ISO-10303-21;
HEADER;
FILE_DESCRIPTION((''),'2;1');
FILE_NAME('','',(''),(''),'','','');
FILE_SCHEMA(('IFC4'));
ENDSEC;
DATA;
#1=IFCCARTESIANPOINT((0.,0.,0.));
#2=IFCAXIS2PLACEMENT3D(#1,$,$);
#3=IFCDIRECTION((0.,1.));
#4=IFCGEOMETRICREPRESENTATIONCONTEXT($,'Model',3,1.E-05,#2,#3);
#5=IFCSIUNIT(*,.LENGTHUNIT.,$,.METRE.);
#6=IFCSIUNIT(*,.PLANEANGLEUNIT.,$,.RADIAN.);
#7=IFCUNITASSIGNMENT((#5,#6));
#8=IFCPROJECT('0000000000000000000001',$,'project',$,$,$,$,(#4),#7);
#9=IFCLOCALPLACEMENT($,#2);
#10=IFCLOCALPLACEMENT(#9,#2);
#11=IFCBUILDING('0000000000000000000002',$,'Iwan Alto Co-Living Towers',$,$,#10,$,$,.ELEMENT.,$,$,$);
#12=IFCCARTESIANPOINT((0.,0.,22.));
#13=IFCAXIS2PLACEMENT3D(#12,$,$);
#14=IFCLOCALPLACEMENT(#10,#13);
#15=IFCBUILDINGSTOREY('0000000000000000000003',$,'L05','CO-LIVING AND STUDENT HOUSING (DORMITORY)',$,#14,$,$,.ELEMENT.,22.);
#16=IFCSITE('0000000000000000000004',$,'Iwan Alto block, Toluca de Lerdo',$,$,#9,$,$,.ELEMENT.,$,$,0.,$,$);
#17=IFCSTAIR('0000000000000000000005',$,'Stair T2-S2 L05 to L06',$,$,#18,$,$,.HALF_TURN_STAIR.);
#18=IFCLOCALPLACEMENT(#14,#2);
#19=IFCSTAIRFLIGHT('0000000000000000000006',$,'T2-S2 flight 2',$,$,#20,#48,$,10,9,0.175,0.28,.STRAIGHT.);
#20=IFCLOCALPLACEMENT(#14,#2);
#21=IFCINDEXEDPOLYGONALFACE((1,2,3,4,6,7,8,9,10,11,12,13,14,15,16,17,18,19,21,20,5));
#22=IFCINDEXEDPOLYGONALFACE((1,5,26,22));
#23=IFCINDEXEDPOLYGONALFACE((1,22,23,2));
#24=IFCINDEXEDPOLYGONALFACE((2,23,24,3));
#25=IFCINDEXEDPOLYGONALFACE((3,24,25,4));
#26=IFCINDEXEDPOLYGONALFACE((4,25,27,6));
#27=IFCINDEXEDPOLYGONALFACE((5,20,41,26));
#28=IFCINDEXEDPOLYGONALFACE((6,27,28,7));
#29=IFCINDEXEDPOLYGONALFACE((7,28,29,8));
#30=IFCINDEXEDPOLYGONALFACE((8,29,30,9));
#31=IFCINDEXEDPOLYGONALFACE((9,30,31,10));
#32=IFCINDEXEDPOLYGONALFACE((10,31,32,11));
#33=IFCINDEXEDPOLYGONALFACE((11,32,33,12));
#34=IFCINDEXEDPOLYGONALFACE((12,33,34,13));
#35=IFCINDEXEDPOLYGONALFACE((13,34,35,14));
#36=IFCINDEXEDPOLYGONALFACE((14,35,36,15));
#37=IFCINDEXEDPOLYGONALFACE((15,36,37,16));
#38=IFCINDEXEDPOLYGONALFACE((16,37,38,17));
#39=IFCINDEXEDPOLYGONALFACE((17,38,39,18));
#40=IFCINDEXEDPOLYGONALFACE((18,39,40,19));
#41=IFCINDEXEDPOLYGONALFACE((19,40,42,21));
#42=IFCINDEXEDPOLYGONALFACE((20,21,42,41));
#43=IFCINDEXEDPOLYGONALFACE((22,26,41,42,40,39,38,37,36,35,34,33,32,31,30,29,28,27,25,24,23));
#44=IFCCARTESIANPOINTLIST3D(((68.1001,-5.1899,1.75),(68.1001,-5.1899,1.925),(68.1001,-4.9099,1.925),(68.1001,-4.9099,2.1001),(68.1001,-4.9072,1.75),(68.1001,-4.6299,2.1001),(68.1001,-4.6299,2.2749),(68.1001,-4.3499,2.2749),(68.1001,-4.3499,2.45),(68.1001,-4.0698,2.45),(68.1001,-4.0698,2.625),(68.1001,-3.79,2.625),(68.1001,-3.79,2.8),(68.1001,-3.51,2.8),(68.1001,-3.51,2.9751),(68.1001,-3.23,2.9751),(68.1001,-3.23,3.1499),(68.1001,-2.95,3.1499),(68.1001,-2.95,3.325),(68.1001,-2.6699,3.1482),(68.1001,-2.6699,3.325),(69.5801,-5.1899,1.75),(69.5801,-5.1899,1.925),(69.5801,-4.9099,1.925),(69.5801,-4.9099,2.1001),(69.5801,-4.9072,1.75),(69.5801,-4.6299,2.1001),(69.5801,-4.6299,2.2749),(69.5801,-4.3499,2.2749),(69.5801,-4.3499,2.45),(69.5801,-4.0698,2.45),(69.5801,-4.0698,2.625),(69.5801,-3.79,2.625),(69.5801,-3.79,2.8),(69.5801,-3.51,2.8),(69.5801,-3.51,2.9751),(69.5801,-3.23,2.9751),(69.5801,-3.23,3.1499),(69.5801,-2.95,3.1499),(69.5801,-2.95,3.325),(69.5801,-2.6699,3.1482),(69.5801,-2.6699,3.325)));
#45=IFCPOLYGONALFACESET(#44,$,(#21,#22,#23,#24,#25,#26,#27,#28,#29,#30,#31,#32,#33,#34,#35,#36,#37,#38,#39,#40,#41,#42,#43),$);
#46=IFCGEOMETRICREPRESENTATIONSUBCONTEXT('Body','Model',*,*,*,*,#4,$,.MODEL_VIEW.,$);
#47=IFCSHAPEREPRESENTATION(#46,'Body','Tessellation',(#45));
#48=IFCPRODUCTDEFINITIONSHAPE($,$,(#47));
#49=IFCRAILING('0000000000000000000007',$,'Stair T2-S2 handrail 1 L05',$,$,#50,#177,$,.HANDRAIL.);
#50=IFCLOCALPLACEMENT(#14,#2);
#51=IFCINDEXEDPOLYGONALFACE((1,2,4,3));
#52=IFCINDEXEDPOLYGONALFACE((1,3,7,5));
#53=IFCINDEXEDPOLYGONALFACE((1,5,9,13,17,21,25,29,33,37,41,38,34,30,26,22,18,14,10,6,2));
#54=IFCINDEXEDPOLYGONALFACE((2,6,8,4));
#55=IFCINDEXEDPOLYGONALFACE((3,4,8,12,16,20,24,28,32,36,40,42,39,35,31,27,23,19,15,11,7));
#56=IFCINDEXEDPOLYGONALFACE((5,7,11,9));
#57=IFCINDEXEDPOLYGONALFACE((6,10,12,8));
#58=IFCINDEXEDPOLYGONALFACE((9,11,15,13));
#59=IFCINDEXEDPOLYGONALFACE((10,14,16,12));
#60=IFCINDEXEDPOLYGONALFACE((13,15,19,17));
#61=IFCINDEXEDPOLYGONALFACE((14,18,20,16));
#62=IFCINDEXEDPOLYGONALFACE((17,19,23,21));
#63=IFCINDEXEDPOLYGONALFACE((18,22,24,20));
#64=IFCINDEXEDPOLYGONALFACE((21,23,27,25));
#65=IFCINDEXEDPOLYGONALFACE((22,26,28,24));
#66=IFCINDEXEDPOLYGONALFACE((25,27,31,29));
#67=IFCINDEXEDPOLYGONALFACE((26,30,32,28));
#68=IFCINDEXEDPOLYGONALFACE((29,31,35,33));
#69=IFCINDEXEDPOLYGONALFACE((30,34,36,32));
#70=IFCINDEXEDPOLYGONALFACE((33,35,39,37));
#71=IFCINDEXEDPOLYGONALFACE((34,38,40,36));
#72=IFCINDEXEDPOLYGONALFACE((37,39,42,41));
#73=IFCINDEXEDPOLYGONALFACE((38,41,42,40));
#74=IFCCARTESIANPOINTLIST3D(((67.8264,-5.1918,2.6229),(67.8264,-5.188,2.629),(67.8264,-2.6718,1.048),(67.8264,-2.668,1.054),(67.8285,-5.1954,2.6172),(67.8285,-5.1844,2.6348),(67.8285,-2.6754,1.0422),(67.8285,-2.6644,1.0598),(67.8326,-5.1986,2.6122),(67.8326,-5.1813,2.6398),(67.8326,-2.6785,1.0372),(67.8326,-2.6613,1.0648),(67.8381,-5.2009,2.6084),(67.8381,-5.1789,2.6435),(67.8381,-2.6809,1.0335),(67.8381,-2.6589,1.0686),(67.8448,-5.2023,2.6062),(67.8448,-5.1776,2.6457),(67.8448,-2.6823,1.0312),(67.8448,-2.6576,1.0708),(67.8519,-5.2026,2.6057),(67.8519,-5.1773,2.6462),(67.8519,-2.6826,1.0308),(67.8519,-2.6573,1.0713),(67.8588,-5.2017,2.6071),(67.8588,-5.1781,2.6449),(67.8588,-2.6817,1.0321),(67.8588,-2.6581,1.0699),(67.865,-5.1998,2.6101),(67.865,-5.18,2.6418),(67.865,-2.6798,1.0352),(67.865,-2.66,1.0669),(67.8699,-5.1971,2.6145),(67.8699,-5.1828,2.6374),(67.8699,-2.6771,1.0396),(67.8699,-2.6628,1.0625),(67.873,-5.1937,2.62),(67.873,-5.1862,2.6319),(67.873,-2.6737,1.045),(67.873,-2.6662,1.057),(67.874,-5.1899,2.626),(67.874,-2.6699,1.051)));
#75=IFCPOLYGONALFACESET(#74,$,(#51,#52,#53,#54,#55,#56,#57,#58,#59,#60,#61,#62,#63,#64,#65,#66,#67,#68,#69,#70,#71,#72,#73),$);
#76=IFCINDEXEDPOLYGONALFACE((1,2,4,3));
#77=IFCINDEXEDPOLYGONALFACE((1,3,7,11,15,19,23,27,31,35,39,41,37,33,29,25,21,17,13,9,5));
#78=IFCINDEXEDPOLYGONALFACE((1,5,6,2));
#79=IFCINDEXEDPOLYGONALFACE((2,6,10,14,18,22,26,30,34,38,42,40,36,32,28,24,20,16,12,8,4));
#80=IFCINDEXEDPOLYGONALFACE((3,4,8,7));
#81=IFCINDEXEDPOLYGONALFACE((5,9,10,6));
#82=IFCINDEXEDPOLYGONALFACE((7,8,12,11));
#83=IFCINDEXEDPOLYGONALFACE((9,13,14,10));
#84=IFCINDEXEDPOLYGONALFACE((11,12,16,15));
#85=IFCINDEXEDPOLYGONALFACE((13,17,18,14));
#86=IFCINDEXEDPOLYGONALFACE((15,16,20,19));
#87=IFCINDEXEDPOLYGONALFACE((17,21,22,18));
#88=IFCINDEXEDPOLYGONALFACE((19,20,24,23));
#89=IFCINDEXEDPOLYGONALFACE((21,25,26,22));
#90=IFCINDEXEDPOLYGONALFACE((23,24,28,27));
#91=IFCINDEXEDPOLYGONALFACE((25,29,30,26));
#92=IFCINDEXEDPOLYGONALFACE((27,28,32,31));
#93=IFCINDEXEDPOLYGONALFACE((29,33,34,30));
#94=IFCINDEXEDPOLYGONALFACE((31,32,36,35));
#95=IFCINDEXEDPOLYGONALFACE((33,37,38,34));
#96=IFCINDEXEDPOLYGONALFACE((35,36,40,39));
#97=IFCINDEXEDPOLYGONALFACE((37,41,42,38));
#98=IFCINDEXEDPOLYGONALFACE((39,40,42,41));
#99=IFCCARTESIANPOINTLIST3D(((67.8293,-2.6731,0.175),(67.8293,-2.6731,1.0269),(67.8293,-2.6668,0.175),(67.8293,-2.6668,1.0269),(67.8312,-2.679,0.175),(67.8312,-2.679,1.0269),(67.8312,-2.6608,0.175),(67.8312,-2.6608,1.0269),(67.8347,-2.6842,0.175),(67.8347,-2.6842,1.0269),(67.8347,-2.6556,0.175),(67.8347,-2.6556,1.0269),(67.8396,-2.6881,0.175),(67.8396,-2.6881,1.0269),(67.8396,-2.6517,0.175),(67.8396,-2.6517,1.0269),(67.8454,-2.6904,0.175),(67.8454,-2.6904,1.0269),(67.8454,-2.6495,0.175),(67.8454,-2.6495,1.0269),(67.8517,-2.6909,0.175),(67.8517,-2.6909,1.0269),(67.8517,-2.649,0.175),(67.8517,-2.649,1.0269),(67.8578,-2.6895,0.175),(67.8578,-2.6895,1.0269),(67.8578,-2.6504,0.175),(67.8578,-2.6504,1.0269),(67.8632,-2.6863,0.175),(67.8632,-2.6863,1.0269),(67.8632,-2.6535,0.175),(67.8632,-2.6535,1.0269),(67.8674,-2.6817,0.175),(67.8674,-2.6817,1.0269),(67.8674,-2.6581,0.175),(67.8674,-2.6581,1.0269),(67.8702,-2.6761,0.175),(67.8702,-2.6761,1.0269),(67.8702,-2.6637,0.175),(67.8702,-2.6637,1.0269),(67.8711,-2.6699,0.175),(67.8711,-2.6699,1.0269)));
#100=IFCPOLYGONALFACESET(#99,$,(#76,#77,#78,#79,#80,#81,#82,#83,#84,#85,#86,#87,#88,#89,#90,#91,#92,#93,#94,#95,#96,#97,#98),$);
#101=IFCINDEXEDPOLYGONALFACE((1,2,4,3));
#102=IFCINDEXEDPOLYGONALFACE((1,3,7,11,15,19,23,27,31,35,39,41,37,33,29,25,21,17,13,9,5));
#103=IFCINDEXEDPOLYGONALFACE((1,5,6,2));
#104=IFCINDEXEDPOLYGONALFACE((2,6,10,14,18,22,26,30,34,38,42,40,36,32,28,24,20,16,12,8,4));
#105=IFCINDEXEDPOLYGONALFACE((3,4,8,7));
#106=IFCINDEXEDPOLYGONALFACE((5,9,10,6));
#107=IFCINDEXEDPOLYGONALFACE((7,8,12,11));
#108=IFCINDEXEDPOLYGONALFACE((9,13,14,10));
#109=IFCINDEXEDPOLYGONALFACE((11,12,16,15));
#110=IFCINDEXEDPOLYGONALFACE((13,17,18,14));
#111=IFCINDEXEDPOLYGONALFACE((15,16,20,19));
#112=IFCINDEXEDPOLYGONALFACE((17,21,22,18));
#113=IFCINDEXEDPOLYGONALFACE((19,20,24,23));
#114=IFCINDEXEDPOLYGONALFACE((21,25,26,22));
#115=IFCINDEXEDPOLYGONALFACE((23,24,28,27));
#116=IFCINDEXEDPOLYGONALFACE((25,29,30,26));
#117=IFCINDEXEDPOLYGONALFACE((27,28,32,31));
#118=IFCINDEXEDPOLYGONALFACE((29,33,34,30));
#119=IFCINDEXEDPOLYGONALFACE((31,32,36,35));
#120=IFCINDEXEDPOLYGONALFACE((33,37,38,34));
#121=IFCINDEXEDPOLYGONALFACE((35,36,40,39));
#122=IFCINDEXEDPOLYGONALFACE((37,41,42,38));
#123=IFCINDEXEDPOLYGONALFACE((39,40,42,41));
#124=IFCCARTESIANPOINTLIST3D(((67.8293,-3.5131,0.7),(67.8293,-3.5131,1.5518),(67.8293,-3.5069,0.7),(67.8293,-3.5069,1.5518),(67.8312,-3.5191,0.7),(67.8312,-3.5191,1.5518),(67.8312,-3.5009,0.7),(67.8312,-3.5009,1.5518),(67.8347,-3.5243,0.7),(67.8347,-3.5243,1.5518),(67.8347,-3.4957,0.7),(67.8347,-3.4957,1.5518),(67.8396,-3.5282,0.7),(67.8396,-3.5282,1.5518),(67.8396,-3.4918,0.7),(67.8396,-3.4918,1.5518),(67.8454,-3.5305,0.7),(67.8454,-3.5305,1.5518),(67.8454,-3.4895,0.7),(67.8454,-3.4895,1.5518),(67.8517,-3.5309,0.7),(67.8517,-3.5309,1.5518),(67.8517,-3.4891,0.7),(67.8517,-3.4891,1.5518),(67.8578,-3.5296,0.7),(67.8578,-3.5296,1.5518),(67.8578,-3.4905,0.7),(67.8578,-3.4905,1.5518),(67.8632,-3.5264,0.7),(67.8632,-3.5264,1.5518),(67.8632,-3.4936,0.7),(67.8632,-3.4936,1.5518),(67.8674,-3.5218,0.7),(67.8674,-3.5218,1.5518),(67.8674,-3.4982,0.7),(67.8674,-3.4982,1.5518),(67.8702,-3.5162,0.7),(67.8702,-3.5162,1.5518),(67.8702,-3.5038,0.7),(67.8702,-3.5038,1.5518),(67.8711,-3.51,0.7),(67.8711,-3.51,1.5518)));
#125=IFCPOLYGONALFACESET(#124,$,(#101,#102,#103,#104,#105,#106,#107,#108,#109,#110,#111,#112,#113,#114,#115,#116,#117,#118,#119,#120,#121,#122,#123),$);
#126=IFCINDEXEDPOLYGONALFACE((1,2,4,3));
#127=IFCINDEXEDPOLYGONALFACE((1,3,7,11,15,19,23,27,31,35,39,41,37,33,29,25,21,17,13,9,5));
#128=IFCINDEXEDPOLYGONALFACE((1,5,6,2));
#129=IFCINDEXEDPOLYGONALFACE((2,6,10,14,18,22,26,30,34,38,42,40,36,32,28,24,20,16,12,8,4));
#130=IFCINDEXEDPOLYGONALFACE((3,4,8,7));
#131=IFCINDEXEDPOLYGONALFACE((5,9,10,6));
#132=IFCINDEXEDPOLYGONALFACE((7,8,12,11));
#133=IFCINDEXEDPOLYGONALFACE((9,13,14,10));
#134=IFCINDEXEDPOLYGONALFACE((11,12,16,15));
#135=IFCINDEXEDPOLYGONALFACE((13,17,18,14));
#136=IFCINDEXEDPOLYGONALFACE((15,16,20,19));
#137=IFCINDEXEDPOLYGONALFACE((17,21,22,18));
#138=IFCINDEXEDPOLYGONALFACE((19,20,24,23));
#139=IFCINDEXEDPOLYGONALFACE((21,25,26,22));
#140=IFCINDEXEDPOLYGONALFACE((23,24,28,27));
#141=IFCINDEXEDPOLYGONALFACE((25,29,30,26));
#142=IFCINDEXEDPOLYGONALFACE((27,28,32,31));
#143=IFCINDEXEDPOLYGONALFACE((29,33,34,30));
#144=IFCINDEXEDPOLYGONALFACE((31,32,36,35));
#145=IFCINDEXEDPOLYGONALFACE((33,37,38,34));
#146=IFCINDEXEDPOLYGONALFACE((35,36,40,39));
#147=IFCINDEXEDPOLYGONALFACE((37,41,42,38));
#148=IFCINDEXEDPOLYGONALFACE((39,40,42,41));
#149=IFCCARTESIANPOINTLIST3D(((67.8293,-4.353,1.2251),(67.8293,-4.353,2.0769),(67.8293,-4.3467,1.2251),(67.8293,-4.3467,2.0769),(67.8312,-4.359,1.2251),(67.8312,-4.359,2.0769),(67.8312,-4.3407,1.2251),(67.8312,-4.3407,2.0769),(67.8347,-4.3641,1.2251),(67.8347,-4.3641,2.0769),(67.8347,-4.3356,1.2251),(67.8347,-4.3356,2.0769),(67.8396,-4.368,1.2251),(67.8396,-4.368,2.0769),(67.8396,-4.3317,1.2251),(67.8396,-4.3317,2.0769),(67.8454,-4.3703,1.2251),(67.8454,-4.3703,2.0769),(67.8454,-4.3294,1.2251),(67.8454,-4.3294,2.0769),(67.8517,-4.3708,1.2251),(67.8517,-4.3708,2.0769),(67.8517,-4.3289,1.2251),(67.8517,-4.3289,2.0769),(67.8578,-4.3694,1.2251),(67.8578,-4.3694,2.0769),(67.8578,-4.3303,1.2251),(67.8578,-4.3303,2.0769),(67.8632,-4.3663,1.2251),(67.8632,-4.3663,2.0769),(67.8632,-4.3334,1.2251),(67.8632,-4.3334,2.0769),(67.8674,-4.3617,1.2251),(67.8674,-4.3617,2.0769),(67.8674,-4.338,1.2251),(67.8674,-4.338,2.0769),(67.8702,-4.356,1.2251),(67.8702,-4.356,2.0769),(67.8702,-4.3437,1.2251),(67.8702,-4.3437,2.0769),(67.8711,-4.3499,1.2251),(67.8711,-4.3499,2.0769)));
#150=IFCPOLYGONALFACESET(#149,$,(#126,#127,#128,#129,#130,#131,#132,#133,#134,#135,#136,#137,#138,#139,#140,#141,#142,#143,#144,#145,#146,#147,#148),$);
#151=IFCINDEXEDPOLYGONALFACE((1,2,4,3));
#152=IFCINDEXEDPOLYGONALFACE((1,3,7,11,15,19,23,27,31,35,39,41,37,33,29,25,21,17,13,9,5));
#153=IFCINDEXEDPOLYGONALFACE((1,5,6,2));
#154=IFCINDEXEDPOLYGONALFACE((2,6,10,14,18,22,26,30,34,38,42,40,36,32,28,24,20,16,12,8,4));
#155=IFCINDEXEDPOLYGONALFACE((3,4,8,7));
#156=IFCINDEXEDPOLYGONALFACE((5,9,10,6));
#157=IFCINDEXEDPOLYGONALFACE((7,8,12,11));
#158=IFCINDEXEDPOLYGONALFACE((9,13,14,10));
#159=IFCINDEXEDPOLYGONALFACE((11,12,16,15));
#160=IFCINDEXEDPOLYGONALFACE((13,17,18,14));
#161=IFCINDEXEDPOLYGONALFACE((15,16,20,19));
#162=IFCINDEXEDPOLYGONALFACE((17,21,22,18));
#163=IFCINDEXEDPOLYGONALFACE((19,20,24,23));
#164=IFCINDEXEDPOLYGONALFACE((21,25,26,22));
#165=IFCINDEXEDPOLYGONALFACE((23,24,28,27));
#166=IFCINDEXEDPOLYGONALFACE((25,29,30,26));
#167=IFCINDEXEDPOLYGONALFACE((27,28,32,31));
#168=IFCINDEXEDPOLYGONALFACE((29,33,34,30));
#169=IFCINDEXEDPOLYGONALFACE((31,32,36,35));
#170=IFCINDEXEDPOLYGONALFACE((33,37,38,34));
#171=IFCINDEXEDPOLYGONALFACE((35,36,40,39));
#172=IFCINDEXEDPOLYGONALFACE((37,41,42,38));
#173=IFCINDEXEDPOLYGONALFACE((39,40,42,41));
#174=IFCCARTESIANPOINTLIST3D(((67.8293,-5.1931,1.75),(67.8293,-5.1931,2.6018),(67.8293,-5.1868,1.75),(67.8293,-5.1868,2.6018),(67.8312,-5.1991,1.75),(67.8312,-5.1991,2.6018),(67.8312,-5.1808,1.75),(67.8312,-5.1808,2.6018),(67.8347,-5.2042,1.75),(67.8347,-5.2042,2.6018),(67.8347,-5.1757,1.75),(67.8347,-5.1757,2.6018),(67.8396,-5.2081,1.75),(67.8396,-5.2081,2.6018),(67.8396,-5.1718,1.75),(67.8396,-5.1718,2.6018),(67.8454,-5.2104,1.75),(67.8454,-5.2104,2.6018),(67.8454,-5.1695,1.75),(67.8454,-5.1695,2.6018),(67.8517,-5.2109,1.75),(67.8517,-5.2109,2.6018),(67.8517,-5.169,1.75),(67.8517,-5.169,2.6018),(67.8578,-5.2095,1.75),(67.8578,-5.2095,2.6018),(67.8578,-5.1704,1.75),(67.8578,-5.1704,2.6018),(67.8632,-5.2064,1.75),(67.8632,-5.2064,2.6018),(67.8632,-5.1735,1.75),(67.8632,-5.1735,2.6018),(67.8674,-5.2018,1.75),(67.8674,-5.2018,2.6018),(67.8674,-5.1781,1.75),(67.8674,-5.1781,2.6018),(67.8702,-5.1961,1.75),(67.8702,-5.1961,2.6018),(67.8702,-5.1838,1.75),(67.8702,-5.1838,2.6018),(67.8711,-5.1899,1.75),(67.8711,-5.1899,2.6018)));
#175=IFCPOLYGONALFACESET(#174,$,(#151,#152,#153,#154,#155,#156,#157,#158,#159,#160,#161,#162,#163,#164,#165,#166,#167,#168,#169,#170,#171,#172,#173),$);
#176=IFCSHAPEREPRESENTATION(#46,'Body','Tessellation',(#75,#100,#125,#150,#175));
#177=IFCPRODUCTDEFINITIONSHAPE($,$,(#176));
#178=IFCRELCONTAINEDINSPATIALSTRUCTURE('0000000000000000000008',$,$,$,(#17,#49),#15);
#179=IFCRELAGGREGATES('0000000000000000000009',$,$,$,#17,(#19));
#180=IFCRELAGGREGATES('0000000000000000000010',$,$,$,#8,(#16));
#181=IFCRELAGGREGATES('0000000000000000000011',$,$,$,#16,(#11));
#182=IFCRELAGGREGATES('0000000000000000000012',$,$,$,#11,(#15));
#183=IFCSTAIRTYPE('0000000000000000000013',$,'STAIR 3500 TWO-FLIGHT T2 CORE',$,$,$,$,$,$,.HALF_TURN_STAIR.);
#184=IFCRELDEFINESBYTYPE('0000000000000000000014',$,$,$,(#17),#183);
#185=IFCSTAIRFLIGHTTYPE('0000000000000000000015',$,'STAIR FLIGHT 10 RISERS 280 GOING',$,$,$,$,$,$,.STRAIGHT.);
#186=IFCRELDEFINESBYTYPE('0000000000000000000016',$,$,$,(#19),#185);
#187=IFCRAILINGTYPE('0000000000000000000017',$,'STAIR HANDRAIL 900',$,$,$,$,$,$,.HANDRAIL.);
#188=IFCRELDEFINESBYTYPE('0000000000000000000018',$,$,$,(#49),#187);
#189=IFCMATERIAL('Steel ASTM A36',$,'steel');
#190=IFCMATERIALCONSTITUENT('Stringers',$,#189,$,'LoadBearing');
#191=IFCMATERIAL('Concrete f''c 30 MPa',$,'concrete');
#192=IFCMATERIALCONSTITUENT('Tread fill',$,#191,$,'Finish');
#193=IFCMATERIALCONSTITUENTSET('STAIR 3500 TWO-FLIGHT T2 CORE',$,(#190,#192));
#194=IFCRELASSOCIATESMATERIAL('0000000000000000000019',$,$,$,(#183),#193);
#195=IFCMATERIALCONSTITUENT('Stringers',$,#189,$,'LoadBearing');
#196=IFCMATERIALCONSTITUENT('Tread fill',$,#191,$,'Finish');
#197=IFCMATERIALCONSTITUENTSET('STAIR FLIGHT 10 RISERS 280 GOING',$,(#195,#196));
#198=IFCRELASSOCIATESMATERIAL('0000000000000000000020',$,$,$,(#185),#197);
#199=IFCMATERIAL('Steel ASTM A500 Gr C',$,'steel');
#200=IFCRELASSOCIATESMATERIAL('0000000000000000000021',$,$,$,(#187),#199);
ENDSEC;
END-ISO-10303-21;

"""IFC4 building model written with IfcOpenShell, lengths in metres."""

from ifc_helpers import new_model, si_unit, direction, frame, origin, origin_2d, place, context, subcontext, project, spatial, polyline, circle, outline, extrude, material, constituent, constituent_set, type_object, element, aggregate, save


model = new_model("IFC4")

# Units and contexts
model_context = context("Model", 3, precision=1e-05, world=origin(), true_north=direction((0.0, 1.0)))
body_context = subcontext(model_context, "Body", "Model", "MODEL_VIEW")
ifc_project = project(units=[si_unit("LENGTHUNIT", "METRE"), si_unit("PLANEANGLEUNIT", "RADIAN")], contexts=[model_context])

# Site, building, storey
site_placement = place(None, origin())
site = spatial("IfcSite", under=ifc_project, at=site_placement, Name="Iwan Alto block, Toluca de Lerdo", CompositionType="ELEMENT", RefElevation=0.0)
building_placement = place(site_placement, origin())
building = spatial("IfcBuilding", under=site, at=building_placement, Name="Iwan Alto Co-Living Towers", CompositionType="ELEMENT")
storey_placement = place(building_placement, frame((0.0, 0.0, 22.0)))
storey = spatial("IfcBuildingStorey", under=building, at=storey_placement, Name="L05", Description="CO-LIVING AND STUDENT HOUSING (DORMITORY)", CompositionType="ELEMENT", Elevation=22.0)

# Stair, stair flight
ifc_material_1 = material(Name="Steel ASTM A36", Category="steel")
ifc_constituent_1 = constituent(ifc_material_1, Name="Stringers", Category="LoadBearing")
ifc_material_2 = material(Name="Concrete f'c 30 MPa", Category="concrete")
ifc_constituent_2 = constituent(ifc_material_2, Name="Tread fill", Category="Finish")
ifc_constituent_set_1 = constituent_set(constituents=[ifc_constituent_1, ifc_constituent_2], Name="STAIR 3500 TWO-FLIGHT T2 CORE")
stair_type = type_object("IfcStairType", Name="STAIR 3500 TWO-FLIGHT T2 CORE", PredefinedType="HALF_TURN_STAIR", material=ifc_constituent_set_1)
stair_placement = place(storey_placement, origin())
stair = element("IfcStair", 1, at=stair_placement, inside=storey, type_object=stair_type, Name="Stair T2-S2 L05 to L06", PredefinedType="HALF_TURN_STAIR")
ifc_constituent_3 = constituent(ifc_material_1, Name="Stringers", Category="LoadBearing")
ifc_constituent_4 = constituent(ifc_material_2, Name="Tread fill", Category="Finish")
ifc_constituent_set_2 = constituent_set(constituents=[ifc_constituent_3, ifc_constituent_4], Name="STAIR FLIGHT 10 RISERS 280 GOING")
stair_flight_type = type_object("IfcStairFlightType", Name="STAIR FLIGHT 10 RISERS 280 GOING", PredefinedType="STRAIGHT", material=ifc_constituent_set_2)
stair_flight_1_placement = place(storey_placement, frame((68.8401, -5.1899, 1.75), z_axis=(0.0, 0.0, 1.0), x_axis=(0.0, 1.0, 0.0)))
stair_flight_1 = element("IfcStairFlight", 2, at=stair_flight_1_placement, type_object=stair_flight_type, Name="T2-S2 flight 2", NumberOfRisers=10, NumberOfTreads=9, PredefinedType="STRAIGHT", RiserHeight=0.175, TreadLength=0.28, context=body_context, shape_type="SweptSolid", body=[
    extrude(outline(polyline([(0.0, 0.0), (0.0, 0.175), (0.28, 0.175), (0.28, 0.3501), (0.5601, 0.3501), (0.5601, 0.5249), (0.8401, 0.5249), (0.8401, 0.7), (1.1201, 0.7), (1.1201, 0.875), (1.3999, 0.875), (1.3999, 1.05), (1.6799, 1.05), (1.6799, 1.2251), (1.96, 1.2251), (1.96, 1.3999), (2.24, 1.3999), (2.24, 1.575), (2.52, 1.575), (2.52, 1.75), (2.52, 1.3982), (0.2827, 0.0), (0.0, 0.0)])), frame((0.0, 0.74, 0.0), z_axis=(0.0, -1.0, 0.0), x_axis=(1.0, 0.0, 0.0)), (0.0, 0.0, 1.0), 1.48),
])
aggregate(stair, [stair_flight_1])

# Railing
ifc_material_3 = material(Name="Steel ASTM A500 Gr C", Category="steel")
railing_type_1 = type_object("IfcRailingType", Name="STAIR HANDRAIL 900", PredefinedType="HANDRAIL", material=ifc_material_3)
railing_1_placement = place(storey_placement, frame((67.8501, -2.6699, 0.175)))
element("IfcRailing", 3, at=railing_1_placement, inside=storey, type_object=railing_type_1, Name="Stair T2-S2 handrail 1 L05", PredefinedType="HANDRAIL", context=body_context, shape_type="SweptSolid", body=[
    extrude(circle(Radius=0.0239, at=origin_2d()), frame((0.0, 0.0, 0.876), z_axis=(0.0, -0.848008, 0.529984), x_axis=(1.0, 0.0, 0.0)), (0.0, 0.0, 1.0), 2.9717),
    extrude(circle(Radius=0.021, at=origin_2d()), origin(), (0.0, 0.0, 1.0), 0.8518),
    extrude(circle(Radius=0.021, at=origin_2d()), frame((0.0, -0.8401, 0.5249)), (0.0, 0.0, 1.0), 0.8518),
    extrude(circle(Radius=0.021, at=origin_2d()), frame((0.0, -1.6799, 1.05)), (0.0, 0.0, 1.0), 0.8518),
    extrude(circle(Radius=0.021, at=origin_2d()), frame((0.0, -2.52, 1.575)), (0.0, 0.0, 1.0), 0.8518),
])

save(model, "model.ifc")
